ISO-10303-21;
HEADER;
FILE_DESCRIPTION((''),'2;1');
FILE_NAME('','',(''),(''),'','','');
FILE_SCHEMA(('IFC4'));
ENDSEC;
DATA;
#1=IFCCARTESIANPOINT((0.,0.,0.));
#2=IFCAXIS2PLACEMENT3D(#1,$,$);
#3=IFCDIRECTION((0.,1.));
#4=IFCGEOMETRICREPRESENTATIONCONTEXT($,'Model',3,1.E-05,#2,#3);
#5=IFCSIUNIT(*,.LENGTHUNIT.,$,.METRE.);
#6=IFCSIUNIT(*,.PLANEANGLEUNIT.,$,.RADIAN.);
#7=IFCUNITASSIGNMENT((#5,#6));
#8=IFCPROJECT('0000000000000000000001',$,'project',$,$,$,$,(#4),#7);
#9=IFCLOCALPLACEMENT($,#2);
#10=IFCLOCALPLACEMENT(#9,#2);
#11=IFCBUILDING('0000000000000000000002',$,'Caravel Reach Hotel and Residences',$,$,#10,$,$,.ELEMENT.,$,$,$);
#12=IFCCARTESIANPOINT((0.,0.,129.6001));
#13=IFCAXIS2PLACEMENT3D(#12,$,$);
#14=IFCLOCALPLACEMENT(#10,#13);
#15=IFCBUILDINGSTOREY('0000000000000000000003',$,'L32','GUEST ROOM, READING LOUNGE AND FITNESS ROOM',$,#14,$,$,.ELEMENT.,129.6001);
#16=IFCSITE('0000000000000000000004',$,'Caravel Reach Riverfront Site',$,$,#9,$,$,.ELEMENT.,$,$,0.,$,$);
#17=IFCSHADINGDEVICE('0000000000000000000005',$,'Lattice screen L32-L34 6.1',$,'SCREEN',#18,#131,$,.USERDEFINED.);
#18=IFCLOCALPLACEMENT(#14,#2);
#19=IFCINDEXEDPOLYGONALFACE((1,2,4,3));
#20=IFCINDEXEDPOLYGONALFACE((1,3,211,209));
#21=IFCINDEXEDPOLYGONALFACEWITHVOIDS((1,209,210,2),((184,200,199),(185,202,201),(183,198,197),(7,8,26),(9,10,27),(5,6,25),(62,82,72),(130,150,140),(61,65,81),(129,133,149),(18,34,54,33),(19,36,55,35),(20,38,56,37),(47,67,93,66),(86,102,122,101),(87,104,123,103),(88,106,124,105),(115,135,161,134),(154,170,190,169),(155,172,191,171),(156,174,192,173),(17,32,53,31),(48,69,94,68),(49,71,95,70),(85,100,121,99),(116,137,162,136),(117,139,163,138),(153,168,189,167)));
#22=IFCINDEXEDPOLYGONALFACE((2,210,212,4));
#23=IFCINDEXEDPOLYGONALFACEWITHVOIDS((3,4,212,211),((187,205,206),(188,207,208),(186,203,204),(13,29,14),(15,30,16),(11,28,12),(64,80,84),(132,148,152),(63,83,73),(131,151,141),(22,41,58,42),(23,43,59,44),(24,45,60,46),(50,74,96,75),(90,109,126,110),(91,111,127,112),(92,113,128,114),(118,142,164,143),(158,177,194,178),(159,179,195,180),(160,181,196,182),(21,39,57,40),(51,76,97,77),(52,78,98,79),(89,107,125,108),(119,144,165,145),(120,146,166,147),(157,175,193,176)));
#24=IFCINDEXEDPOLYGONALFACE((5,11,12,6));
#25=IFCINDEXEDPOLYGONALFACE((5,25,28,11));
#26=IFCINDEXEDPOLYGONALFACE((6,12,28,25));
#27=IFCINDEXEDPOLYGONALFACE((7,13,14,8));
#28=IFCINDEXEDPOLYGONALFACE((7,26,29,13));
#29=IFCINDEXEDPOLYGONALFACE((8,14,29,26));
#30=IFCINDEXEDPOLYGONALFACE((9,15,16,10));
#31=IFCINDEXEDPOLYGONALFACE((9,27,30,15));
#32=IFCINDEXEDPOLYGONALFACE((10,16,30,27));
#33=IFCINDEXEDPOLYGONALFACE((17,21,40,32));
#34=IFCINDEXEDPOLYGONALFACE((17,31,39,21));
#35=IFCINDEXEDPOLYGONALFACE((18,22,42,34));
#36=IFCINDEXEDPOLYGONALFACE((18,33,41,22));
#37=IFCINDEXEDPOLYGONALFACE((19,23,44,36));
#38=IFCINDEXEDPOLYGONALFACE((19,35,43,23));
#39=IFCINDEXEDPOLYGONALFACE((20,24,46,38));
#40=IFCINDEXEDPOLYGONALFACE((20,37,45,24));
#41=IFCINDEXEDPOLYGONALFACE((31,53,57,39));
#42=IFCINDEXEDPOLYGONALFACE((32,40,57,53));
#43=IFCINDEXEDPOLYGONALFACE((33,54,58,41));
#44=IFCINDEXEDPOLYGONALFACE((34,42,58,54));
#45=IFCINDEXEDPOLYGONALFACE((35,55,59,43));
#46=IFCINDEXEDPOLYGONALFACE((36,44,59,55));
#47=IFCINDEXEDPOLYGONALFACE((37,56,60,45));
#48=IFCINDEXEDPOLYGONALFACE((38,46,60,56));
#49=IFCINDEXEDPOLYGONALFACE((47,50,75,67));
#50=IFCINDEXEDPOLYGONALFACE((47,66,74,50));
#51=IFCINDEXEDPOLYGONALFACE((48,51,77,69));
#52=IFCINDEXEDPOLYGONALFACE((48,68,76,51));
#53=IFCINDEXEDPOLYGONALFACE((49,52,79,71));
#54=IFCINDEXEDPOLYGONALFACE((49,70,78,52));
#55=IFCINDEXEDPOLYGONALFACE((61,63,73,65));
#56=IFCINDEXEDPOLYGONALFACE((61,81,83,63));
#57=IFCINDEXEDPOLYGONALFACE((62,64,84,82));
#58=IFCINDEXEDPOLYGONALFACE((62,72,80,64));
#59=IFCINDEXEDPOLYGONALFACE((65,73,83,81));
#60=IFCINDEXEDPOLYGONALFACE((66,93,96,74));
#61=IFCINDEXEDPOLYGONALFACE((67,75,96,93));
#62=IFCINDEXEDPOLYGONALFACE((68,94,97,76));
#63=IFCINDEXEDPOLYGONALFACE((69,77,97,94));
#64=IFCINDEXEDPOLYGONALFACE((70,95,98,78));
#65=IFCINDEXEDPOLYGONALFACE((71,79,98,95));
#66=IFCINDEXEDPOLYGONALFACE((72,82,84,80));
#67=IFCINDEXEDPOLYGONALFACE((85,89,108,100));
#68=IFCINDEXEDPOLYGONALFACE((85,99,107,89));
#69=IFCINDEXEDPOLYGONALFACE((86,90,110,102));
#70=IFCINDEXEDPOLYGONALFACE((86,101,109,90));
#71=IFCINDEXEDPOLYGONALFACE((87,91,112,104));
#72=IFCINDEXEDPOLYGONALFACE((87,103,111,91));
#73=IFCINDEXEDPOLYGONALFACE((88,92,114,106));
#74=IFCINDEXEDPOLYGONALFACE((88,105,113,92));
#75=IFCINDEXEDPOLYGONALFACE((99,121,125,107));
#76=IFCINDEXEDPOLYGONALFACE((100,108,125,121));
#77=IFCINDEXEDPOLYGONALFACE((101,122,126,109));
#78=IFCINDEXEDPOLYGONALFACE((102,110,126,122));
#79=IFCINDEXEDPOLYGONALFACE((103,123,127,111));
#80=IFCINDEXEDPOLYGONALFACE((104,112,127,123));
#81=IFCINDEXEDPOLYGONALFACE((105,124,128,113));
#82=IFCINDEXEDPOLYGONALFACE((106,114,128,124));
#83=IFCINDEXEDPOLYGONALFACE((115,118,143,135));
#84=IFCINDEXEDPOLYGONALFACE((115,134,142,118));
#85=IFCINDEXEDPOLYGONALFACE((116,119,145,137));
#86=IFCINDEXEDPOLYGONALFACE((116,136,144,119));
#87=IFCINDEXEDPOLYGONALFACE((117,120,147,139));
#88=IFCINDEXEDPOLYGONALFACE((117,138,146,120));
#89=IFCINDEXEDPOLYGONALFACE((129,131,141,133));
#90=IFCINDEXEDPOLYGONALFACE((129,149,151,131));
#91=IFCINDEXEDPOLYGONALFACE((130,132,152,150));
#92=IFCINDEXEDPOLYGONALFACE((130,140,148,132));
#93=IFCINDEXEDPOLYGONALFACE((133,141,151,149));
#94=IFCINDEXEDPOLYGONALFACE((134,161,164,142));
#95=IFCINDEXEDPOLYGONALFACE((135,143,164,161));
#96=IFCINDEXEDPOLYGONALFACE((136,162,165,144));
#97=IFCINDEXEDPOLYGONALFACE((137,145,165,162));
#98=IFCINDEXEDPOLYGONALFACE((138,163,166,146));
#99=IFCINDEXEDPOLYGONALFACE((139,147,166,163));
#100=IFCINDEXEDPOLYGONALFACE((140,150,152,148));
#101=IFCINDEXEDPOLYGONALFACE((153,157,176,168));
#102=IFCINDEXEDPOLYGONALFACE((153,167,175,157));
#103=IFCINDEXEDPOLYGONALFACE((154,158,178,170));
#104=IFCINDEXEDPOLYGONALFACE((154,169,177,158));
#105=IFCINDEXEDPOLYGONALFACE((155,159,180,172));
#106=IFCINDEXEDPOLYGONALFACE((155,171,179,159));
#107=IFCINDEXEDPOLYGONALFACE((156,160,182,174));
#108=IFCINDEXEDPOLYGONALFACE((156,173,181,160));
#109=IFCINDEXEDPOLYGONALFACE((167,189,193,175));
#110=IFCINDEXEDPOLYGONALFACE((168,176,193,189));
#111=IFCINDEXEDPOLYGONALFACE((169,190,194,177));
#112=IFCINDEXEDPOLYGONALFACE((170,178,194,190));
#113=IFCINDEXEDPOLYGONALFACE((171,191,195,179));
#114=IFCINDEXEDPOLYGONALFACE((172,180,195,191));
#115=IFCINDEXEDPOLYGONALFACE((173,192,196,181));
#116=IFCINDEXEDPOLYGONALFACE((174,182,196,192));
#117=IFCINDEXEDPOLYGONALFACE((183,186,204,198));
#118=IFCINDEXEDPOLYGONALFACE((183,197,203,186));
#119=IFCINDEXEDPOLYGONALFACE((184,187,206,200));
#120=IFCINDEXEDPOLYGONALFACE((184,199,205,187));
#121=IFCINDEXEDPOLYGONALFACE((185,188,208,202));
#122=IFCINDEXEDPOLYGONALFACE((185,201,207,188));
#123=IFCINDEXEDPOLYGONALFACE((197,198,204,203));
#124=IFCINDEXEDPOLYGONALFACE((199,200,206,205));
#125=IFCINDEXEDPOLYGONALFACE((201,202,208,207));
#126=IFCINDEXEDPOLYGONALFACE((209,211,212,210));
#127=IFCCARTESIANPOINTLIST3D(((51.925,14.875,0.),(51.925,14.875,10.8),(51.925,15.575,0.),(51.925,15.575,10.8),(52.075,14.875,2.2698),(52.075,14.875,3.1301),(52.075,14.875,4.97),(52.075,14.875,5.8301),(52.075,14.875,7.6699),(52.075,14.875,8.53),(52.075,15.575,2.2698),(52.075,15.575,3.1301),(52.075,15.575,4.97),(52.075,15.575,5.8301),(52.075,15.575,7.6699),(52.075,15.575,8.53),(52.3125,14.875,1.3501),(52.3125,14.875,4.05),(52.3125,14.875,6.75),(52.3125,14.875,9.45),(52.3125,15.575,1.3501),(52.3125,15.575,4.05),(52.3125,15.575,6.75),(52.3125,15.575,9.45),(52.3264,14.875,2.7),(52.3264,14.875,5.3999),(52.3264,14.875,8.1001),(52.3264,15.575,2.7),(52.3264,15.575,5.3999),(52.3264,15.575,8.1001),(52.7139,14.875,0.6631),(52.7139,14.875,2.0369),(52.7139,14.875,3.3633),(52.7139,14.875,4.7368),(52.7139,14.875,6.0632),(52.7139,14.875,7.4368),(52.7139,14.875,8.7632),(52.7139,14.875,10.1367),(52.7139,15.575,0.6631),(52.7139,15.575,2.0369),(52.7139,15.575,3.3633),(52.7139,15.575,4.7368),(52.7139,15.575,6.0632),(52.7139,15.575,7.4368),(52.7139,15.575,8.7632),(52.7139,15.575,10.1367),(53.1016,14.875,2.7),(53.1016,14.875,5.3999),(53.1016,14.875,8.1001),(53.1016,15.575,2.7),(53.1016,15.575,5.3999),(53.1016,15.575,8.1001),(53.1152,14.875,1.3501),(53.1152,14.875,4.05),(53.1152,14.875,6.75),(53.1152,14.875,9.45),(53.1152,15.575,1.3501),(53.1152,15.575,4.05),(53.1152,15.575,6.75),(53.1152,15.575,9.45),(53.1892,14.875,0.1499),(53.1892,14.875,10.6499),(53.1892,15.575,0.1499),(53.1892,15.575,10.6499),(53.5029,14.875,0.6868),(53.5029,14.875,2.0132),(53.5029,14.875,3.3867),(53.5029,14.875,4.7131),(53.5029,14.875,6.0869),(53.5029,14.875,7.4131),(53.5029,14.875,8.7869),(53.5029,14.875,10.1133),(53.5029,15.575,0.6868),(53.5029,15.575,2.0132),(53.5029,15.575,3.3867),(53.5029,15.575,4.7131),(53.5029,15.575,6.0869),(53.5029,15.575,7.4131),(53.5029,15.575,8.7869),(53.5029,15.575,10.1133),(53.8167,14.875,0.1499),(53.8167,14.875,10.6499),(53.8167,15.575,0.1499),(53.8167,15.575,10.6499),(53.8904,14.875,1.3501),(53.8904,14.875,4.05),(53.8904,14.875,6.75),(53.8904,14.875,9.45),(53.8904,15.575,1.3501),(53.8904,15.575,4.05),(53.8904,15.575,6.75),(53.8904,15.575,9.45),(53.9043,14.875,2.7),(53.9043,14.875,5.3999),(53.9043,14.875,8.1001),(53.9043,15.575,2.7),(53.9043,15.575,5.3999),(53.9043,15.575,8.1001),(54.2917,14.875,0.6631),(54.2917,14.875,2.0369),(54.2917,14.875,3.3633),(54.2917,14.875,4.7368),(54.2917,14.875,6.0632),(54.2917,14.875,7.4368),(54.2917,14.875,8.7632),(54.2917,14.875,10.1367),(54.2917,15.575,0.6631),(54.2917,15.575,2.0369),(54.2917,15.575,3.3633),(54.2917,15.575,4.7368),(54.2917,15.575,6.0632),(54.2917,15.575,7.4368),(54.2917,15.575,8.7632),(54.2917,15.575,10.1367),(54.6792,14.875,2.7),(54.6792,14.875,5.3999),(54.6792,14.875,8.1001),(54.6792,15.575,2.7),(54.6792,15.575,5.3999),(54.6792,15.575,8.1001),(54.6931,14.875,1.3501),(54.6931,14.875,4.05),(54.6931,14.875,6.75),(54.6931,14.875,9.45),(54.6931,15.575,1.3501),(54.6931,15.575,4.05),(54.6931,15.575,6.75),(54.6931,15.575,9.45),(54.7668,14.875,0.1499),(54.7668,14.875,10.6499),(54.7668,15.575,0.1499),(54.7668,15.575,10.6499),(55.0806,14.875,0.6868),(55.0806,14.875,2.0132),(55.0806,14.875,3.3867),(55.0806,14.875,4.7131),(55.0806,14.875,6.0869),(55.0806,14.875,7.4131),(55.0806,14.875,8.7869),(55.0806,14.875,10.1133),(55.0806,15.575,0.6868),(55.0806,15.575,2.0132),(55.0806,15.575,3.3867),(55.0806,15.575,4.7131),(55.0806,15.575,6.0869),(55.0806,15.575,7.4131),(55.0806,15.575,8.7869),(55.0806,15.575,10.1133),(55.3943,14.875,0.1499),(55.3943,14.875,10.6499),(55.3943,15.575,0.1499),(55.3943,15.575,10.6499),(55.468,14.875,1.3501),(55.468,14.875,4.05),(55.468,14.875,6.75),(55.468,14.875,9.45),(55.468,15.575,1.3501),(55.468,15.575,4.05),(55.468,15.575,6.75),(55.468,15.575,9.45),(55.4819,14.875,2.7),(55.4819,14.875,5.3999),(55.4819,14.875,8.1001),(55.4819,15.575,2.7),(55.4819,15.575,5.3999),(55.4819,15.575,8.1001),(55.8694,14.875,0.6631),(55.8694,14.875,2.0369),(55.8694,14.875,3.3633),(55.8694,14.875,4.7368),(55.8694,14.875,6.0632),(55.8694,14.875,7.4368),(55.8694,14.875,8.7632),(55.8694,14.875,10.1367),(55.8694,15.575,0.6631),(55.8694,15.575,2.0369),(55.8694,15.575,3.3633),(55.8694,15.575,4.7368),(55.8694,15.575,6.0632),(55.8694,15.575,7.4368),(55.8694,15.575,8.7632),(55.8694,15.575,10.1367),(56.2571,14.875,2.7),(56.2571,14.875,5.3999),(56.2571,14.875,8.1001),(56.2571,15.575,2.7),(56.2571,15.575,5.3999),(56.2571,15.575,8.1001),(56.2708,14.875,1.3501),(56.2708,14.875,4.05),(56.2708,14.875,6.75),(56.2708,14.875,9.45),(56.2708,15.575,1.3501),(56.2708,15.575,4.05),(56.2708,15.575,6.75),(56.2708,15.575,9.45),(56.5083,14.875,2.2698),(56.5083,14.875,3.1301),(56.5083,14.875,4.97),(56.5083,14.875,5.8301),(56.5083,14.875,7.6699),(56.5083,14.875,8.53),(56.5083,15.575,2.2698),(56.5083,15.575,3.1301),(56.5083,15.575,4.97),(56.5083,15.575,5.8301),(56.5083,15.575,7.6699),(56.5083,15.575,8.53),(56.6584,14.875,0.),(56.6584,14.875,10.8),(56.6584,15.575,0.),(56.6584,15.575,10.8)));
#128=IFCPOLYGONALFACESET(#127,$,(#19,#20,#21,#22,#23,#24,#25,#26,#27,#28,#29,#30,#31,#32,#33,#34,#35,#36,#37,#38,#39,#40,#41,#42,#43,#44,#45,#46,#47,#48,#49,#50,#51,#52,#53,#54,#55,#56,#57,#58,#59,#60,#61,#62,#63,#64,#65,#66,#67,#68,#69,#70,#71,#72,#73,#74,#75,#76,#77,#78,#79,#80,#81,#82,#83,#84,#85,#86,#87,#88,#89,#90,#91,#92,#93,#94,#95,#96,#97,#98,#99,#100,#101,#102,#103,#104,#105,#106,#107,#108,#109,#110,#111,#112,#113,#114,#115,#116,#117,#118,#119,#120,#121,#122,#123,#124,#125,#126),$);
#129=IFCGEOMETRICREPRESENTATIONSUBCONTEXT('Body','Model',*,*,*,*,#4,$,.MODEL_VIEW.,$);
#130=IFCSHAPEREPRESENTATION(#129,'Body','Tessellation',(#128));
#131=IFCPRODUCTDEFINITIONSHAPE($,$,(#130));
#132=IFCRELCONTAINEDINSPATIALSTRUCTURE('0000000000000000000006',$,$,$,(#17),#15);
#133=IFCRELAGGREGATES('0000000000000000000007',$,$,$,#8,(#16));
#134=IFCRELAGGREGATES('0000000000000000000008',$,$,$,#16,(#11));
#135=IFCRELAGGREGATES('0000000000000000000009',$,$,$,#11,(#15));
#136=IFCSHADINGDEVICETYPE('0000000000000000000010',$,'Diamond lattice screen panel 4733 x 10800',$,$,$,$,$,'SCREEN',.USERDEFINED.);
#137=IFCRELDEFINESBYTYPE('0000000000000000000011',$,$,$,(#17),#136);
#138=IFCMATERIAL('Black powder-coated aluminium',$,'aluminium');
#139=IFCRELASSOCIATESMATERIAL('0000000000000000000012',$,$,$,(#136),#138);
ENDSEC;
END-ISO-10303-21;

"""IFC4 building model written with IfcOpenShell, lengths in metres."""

from ifc_helpers import new_model, si_unit, direction, frame, origin, place, context, subcontext, project, spatial, polyline, outline, extrude, material, type_object, element, save


model = new_model("IFC4")

# Units and contexts
model_context = context("Model", 3, precision=1e-05, world=origin(), true_north=direction((0.0, 1.0)))
body_context = subcontext(model_context, "Body", "Model", "MODEL_VIEW")
ifc_project = project(units=[si_unit("LENGTHUNIT", "METRE"), si_unit("PLANEANGLEUNIT", "RADIAN")], contexts=[model_context])

# Site, building, storey
site_placement = place(None, origin())
site = spatial("IfcSite", under=ifc_project, at=site_placement, Name="Caravel Reach Riverfront Site", CompositionType="ELEMENT", RefElevation=0.0)
building_placement = place(site_placement, origin())
building = spatial("IfcBuilding", under=site, at=building_placement, Name="Caravel Reach Hotel and Residences", CompositionType="ELEMENT")
storey_placement = place(building_placement, frame((0.0, 0.0, 129.6001)))
storey = spatial("IfcBuildingStorey", under=building, at=storey_placement, Name="L32", Description="GUEST ROOM, READING LOUNGE AND FITNESS ROOM", CompositionType="ELEMENT", Elevation=129.6001)

# Shading device
ifc_material_1 = material(Name="Black powder-coated aluminium", Category="aluminium")
shading_device_type_1 = type_object("IfcShadingDeviceType", Name="Diamond lattice screen panel 4733 x 10800", ElementType="SCREEN", PredefinedType="USERDEFINED", material=ifc_material_1)
shading_device_1_placement = place(storey_placement, frame((51.925, 15.575, 0.0), z_axis=(0.0, -1.0, 0.0), x_axis=(1.0, 0.0, 0.0)))
element("IfcShadingDevice", 1, at=shading_device_1_placement, inside=storey, type_object=shading_device_type_1, Name="Lattice screen L32-L34 6.1", ObjectType="SCREEN", PredefinedType="USERDEFINED", context=body_context, shape_type="SweptSolid", body=[
    extrude(outline(polyline([(0.0, 0.0), (4.7334, 0.0), (4.7334, 10.8), (0.0, 10.8), (0.0, 0.0)]), holes=[polyline([(0.4014, 2.7), (0.1499, 3.1301), (0.1499, 2.2698), (0.4014, 2.7)]), polyline([(0.4014, 5.3999), (0.1499, 5.8301), (0.1499, 4.97), (0.4014, 5.3999)]), polyline([(0.4014, 8.1001), (0.1499, 8.53), (0.1499, 7.6699), (0.4014, 8.1001)]), polyline([(0.7888, 2.0369), (0.3875, 1.3501), (0.7888, 0.6631), (1.1902, 1.3501), (0.7888, 2.0369)]), polyline([(0.7888, 4.7368), (0.3875, 4.05), (0.7888, 3.3633), (1.1902, 4.05), (0.7888, 4.7368)]), polyline([(0.7888, 7.4368), (0.3875, 6.75), (0.7888, 6.0632), (1.1902, 6.75), (0.7888, 7.4368)]), polyline([(0.7888, 10.1367), (0.3875, 9.45), (0.7888, 8.7632), (1.1902, 9.45), (0.7888, 10.1367)]), polyline([(1.5779, 0.6868), (1.2642, 0.1499), (1.8916, 0.1499), (1.5779, 0.6868)]), polyline([(1.5779, 3.3867), (1.1765, 2.7), (1.5779, 2.0132), (1.9792, 2.7), (1.5779, 3.3867)]), polyline([(1.5779, 6.0869), (1.1765, 5.3999), (1.5779, 4.7131), (1.9792, 5.3999), (1.5779, 6.0869)]), polyline([(1.5779, 8.7869), (1.1765, 8.1001), (1.5779, 7.4131), (1.9792, 8.1001), (1.5779, 8.7869)]), polyline([(1.5779, 10.1133), (1.8916, 10.6499), (1.2642, 10.6499), (1.5779, 10.1133)]), polyline([(2.3667, 2.0369), (1.9653, 1.3501), (2.3667, 0.6631), (2.7681, 1.3501), (2.3667, 2.0369)]), polyline([(2.3667, 4.7368), (1.9653, 4.05), (2.3667, 3.3633), (2.7681, 4.05), (2.3667, 4.7368)]), polyline([(2.3667, 7.4368), (1.9653, 6.75), (2.3667, 6.0632), (2.7681, 6.75), (2.3667, 7.4368)]), polyline([(2.3667, 10.1367), (1.9653, 9.45), (2.3667, 8.7632), (2.7681, 9.45), (2.3667, 10.1367)]), polyline([(3.1555, 0.6868), (2.8418, 0.1499), (3.4692, 0.1499), (3.1555, 0.6868)]), polyline([(3.1555, 3.3867), (2.7542, 2.7), (3.1555, 2.0132), (3.5569, 2.7), (3.1555, 3.3867)]), polyline([(3.1555, 6.0869), (2.7542, 5.3999), (3.1555, 4.7131), (3.5569, 5.3999), (3.1555, 6.0869)]), polyline([(3.1555, 8.7869), (2.7542, 8.1001), (3.1555, 7.4131), (3.5569, 8.1001), (3.1555, 8.7869)]), polyline([(3.1555, 10.1133), (3.4692, 10.6499), (2.8418, 10.6499), (3.1555, 10.1133)]), polyline([(3.9443, 2.0369), (3.543, 1.3501), (3.9443, 0.6631), (4.3457, 1.3501), (3.9443, 2.0369)]), polyline([(3.9443, 4.7368), (3.543, 4.05), (3.9443, 3.3633), (4.3457, 4.05), (3.9443, 4.7368)]), polyline([(3.9443, 7.4368), (3.543, 6.75), (3.9443, 6.0632), (4.3457, 6.75), (3.9443, 7.4368)]), polyline([(3.9443, 10.1367), (3.543, 9.45), (3.9443, 8.7632), (4.3457, 9.45), (3.9443, 10.1367)]), polyline([(4.332, 2.7), (4.5833, 2.2698), (4.5833, 3.1301), (4.332, 2.7)]), polyline([(4.332, 5.3999), (4.5833, 4.97), (4.5833, 5.8301), (4.332, 5.3999)]), polyline([(4.332, 8.1001), (4.5833, 7.6699), (4.5833, 8.53), (4.332, 8.1001)])]), origin(), (0.0, 0.0, 1.0), 0.7),
])

save(model, "model.ifc")
